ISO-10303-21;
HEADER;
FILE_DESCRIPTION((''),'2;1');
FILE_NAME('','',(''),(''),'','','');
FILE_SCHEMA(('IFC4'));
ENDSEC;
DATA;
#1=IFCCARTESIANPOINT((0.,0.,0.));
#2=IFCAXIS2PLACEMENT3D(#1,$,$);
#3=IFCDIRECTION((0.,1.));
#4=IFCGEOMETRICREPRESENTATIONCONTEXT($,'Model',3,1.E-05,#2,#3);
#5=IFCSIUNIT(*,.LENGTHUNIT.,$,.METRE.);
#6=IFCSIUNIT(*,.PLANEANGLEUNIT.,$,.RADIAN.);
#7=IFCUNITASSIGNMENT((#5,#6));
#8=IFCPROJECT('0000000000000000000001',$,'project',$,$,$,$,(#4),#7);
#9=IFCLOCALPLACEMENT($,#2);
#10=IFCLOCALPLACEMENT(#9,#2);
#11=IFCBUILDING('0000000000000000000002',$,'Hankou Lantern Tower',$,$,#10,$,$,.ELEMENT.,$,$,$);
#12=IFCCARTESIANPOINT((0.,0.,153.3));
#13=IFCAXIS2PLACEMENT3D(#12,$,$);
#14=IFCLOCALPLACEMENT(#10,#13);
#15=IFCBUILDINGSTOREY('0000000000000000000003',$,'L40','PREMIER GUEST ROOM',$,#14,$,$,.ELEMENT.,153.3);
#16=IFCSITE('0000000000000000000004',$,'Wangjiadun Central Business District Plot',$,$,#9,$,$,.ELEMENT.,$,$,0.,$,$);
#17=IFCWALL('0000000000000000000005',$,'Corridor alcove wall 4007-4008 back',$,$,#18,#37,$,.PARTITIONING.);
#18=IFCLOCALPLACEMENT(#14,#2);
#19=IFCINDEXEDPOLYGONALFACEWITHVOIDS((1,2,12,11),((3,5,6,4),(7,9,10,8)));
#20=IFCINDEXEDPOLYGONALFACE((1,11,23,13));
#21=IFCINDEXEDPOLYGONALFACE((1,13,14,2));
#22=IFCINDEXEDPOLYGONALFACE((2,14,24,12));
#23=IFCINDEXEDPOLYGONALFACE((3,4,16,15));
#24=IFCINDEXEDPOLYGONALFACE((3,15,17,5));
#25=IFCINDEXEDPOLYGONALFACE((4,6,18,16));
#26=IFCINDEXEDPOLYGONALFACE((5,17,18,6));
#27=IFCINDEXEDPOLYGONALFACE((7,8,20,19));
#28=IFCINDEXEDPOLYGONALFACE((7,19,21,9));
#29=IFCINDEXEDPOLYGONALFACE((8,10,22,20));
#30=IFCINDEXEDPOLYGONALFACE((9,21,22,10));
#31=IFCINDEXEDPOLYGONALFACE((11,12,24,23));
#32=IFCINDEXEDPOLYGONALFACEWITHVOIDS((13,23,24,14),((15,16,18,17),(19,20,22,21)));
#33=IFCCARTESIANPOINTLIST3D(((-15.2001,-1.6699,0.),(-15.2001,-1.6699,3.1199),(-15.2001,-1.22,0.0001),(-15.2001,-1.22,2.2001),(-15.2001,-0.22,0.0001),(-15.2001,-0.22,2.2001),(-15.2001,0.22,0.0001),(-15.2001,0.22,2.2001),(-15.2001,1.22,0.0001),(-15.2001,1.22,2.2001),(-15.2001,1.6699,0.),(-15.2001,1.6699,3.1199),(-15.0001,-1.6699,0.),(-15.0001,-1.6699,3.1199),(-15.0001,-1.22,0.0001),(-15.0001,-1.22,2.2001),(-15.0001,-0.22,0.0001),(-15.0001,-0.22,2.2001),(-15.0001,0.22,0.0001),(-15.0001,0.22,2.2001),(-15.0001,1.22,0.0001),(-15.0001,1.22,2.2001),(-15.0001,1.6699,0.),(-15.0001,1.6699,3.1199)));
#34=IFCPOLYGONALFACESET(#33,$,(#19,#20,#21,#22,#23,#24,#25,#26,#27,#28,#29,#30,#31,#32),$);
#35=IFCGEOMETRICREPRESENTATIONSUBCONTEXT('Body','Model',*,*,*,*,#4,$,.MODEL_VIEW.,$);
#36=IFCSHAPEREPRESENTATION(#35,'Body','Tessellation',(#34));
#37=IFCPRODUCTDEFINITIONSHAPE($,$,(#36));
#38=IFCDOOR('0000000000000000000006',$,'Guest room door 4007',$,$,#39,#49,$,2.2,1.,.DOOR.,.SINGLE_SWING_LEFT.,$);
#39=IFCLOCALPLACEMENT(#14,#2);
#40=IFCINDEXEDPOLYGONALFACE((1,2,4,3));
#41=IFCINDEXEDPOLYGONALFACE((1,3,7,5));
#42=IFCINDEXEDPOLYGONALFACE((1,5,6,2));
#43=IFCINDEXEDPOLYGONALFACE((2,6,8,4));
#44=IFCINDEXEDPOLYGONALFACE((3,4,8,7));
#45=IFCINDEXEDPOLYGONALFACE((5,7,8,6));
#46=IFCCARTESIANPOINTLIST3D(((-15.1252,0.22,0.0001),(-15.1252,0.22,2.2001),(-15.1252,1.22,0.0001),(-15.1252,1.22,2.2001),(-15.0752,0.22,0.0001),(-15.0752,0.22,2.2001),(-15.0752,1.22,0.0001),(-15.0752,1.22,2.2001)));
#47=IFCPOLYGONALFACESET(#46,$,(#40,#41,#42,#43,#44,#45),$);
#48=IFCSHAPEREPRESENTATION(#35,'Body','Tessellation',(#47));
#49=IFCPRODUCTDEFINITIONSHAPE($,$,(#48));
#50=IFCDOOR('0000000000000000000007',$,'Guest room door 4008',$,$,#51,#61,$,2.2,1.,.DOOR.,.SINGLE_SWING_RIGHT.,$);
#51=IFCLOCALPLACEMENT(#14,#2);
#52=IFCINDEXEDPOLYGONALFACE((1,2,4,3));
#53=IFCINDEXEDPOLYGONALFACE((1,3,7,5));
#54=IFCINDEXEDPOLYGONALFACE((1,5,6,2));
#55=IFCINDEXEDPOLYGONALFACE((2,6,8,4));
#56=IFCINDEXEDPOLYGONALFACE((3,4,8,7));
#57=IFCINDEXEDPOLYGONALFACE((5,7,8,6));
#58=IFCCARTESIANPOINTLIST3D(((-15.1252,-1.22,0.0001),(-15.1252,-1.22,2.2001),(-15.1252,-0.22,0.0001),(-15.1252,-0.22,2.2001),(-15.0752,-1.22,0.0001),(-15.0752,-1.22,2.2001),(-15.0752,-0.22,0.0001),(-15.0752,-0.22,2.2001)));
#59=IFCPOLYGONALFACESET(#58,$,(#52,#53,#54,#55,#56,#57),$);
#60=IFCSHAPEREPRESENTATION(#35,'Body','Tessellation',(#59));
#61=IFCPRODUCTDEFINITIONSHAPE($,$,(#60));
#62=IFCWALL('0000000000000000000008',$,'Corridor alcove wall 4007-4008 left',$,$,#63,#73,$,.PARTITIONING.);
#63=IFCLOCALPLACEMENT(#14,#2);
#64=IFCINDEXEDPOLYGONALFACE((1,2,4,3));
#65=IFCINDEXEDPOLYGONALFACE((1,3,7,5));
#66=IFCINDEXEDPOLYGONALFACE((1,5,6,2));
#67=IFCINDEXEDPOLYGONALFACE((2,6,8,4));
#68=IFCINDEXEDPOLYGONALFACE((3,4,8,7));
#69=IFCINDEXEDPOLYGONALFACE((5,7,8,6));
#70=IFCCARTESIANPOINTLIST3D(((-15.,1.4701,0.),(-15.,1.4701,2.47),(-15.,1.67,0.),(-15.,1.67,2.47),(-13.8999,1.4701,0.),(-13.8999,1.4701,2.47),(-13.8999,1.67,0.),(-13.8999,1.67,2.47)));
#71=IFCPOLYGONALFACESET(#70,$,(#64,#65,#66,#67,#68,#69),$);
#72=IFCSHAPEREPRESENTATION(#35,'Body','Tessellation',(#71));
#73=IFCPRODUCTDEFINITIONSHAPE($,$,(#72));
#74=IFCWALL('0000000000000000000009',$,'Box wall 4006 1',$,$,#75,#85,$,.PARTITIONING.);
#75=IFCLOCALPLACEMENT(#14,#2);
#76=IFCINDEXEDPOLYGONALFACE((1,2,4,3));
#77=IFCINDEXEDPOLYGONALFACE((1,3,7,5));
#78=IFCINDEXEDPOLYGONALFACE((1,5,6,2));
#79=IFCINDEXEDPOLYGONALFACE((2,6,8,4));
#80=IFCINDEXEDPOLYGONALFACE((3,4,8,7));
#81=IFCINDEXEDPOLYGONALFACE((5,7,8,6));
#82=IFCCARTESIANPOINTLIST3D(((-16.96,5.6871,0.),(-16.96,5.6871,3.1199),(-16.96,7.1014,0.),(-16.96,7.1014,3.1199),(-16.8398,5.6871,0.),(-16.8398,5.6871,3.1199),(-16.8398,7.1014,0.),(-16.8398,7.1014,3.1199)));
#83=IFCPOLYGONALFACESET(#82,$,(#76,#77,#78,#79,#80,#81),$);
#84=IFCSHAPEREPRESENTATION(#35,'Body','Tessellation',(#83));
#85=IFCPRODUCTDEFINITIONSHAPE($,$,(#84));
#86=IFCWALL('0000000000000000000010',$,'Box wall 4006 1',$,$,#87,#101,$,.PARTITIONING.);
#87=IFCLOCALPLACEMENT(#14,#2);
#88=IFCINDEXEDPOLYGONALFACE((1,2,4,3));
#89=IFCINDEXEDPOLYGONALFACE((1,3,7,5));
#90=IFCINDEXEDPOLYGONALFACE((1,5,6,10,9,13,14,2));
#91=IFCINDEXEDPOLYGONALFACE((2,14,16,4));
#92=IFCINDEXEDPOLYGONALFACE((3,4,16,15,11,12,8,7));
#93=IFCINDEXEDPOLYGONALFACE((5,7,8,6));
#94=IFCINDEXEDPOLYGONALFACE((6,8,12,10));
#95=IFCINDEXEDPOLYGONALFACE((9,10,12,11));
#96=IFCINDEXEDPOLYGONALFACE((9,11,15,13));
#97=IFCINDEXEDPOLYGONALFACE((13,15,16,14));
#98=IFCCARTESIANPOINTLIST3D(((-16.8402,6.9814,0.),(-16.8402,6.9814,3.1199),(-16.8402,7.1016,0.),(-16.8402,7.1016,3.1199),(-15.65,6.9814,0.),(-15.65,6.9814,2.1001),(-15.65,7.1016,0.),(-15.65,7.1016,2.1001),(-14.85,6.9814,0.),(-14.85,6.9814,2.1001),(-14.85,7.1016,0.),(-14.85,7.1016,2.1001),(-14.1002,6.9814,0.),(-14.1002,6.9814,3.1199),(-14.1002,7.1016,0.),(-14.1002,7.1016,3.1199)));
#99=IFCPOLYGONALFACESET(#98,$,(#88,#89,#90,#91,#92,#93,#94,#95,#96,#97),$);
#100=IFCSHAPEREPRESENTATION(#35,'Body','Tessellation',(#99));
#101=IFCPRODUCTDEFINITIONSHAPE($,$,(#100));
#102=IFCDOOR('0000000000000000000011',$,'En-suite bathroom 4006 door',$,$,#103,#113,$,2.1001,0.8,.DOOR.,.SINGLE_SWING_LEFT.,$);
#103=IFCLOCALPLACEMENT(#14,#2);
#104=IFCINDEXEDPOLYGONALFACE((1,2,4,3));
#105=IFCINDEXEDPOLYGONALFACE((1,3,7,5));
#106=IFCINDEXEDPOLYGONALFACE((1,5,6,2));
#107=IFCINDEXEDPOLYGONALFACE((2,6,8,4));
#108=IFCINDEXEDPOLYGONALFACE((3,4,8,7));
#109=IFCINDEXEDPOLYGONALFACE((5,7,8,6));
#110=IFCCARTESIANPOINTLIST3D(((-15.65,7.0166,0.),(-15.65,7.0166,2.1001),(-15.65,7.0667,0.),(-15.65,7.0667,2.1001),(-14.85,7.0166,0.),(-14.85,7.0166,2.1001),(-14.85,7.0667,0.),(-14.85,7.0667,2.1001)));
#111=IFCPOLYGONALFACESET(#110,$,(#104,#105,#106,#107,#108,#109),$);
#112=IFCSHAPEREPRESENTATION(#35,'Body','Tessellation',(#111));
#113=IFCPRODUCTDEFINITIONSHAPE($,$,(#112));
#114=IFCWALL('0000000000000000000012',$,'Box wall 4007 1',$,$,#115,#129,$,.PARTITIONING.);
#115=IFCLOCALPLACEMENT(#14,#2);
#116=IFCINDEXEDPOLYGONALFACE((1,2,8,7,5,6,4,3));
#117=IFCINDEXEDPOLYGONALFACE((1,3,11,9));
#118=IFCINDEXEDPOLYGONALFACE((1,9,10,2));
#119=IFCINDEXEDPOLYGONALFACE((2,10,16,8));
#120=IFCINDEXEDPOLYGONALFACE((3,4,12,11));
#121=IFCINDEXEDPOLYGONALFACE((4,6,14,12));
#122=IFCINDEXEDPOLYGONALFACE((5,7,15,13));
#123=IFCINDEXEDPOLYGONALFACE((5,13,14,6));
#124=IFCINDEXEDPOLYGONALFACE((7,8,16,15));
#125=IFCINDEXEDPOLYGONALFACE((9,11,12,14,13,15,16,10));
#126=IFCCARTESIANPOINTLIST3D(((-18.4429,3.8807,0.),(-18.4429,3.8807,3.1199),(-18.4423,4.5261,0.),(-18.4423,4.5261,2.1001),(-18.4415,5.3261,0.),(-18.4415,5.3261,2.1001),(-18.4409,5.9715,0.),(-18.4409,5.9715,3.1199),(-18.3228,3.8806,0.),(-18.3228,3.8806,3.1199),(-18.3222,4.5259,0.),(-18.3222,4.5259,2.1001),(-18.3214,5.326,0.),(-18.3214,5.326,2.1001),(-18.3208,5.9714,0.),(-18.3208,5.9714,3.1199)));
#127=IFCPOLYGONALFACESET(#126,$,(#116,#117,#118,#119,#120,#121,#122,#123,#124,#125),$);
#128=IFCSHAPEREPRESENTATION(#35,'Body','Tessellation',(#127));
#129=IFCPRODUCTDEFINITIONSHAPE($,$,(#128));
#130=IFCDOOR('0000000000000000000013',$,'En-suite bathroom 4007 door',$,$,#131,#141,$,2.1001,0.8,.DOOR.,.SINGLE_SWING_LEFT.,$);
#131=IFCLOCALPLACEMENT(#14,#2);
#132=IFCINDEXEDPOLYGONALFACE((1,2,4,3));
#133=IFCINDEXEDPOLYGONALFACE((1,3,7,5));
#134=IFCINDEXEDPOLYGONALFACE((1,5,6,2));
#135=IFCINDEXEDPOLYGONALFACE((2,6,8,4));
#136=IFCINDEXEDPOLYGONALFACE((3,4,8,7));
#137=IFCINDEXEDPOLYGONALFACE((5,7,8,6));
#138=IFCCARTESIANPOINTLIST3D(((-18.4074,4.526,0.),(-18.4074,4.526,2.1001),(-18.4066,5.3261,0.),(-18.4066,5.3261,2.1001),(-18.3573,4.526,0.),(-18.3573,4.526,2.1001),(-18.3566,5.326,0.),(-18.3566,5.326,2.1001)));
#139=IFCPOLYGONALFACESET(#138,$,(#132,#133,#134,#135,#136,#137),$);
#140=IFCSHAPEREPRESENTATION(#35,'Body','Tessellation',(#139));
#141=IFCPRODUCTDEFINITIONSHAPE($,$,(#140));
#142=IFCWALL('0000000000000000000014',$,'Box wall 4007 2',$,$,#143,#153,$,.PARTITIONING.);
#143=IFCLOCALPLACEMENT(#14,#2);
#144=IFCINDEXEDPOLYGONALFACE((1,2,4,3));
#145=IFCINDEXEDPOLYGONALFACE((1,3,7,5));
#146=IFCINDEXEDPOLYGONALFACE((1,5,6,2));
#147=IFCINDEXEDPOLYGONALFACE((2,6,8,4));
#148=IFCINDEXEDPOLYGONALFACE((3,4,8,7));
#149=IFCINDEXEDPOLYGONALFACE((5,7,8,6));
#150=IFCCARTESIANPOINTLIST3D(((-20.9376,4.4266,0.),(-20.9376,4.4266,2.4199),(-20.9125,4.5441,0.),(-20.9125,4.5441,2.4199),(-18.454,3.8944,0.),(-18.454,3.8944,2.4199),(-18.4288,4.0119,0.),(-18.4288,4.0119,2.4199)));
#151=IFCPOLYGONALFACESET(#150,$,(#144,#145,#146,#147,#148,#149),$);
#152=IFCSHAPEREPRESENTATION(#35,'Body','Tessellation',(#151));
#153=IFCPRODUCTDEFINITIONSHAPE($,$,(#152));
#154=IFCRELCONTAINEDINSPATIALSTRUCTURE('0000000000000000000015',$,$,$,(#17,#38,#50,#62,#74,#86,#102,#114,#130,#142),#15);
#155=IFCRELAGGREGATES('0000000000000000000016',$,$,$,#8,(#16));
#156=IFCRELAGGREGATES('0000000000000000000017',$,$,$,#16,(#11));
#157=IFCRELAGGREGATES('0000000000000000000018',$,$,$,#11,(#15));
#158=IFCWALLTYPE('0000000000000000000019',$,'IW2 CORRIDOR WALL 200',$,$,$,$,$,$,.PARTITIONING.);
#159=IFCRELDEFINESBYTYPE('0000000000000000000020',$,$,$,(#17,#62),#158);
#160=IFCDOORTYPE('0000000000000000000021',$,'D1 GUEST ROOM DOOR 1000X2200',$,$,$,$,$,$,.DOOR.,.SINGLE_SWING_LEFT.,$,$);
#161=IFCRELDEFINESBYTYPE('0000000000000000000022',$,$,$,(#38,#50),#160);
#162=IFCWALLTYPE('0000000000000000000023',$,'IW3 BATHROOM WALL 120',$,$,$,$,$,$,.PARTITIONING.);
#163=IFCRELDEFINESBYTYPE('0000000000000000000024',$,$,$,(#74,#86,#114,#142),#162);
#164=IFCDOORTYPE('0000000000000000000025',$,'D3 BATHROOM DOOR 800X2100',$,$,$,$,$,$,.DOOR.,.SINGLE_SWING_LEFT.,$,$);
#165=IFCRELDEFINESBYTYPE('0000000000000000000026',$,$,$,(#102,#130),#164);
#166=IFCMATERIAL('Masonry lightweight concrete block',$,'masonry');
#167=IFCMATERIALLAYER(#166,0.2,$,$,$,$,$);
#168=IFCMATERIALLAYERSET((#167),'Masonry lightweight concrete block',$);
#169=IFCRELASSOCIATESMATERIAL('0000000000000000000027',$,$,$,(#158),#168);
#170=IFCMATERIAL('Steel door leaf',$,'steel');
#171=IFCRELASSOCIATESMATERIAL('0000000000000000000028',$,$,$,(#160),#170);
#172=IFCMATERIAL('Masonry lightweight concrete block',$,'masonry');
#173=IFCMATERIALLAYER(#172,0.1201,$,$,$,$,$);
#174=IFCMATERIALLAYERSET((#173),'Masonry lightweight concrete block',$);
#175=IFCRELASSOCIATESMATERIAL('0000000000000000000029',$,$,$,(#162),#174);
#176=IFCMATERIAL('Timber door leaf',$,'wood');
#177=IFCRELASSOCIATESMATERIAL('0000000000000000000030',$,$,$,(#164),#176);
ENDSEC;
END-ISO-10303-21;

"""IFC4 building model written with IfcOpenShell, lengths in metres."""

from ifc_helpers import new_model, si_unit, direction, frame, frame_2d, origin, place, context, subcontext, project, spatial, rectangle, extrude, material, layer, layer_set, type_object, element, fill, save


model = new_model("IFC4")

# Units and contexts
model_context = context("Model", 3, precision=1e-05, world=origin(), true_north=direction((0.0, 1.0)))
body_context = subcontext(model_context, "Body", "Model", "MODEL_VIEW")
ifc_project = project(units=[si_unit("LENGTHUNIT", "METRE"), si_unit("PLANEANGLEUNIT", "RADIAN")], contexts=[model_context])

# Site, building, storey
site_placement = place(None, origin())
site = spatial("IfcSite", under=ifc_project, at=site_placement, Name="Wangjiadun Central Business District Plot", CompositionType="ELEMENT", RefElevation=0.0)
building_placement = place(site_placement, origin())
building = spatial("IfcBuilding", under=site, at=building_placement, Name="Hankou Lantern Tower", CompositionType="ELEMENT")
storey_placement = place(building_placement, frame((0.0, 0.0, 153.3)))
storey = spatial("IfcBuildingStorey", under=building, at=storey_placement, Name="L40", Description="PREMIER GUEST ROOM", CompositionType="ELEMENT", Elevation=153.3)

# Wall, openings, doors
ifc_material_1 = material(Name="Masonry lightweight concrete block", Category="masonry")
ifc_layer_1 = layer(ifc_material_1, 0.2)
ifc_layer_set_1 = layer_set([ifc_layer_1], Name="Masonry lightweight concrete block")
wall_type_1 = type_object("IfcWallType", Name="IW2 CORRIDOR WALL 200", PredefinedType="PARTITIONING", material=ifc_layer_set_1)
wall_1_placement = place(storey_placement, frame((-15.1001, 1.6699, 0.0), z_axis=(0.0, 0.0, 1.0), x_axis=(0.0, -1.0, 0.0)))
wall_1 = element("IfcWall", 1, at=wall_1_placement, inside=storey, type_object=wall_type_1, Name="Corridor alcove wall 4007-4008 back", PredefinedType="PARTITIONING", context=body_context, shape_type="SweptSolid", body=[
    extrude(rectangle(XDim=3.3398, YDim=0.2, at=frame_2d((1.6699, 0.0))), origin(), (0.0, 0.0, 1.0), 3.1199),
])
opening_1_placement = place(wall_1_placement, frame((0.45, 0.0, 0.0)))
opening_1 = element("IfcOpeningElement", 2, at=opening_1_placement, cuts=wall_1, PredefinedType="OPENING", context=body_context, shape_type="SweptSolid", body=[
    extrude(rectangle(XDim=1.0, YDim=2.2, at=frame_2d((0.5, 1.1001))), frame((0.0, 0.1099, 0.0), z_axis=(0.0, -1.0, 0.0), x_axis=(1.0, 0.0, 0.0)), (0.0, 0.0, 1.0), 0.22),
])
opening_2_placement = place(wall_1_placement, frame((1.8899, 0.0, 0.0)))
opening_2 = element("IfcOpeningElement", 3, at=opening_2_placement, cuts=wall_1, PredefinedType="OPENING", context=body_context, shape_type="SweptSolid", body=[
    extrude(rectangle(XDim=1.0, YDim=2.2, at=frame_2d((0.5, 1.1001))), frame((0.0, 0.1099, 0.0), z_axis=(0.0, -1.0, 0.0), x_axis=(1.0, 0.0, 0.0)), (0.0, 0.0, 1.0), 0.22),
])
ifc_material_2 = material(Name="Steel door leaf", Category="steel")
door_type_1 = type_object("IfcDoorType", Name="D1 GUEST ROOM DOOR 1000X2200", OperationType="SINGLE_SWING_LEFT", PredefinedType="DOOR", material=ifc_material_2)
door_1_placement = place(opening_1_placement, origin())
door_1 = element("IfcDoor", 4, at=door_1_placement, inside=storey, type_object=door_type_1, Name="Guest room door 4007", OperationType="SINGLE_SWING_LEFT", OverallHeight=2.2, OverallWidth=1.0, PredefinedType="DOOR", context=body_context, shape_type="SweptSolid", body=[
    extrude(rectangle(XDim=1.0, YDim=2.2, at=frame_2d((0.5, 1.1001))), frame((0.0, 0.0249, 0.0), z_axis=(0.0, -1.0, 0.0), x_axis=(1.0, 0.0, 0.0)), (0.0, 0.0, 1.0), 0.05),
])
fill(opening_1, door_1)
door_2_placement = place(opening_2_placement, origin())
door_2 = element("IfcDoor", 5, at=door_2_placement, inside=storey, type_object=door_type_1, Name="Guest room door 4008", OperationType="SINGLE_SWING_RIGHT", OverallHeight=2.2, OverallWidth=1.0, PredefinedType="DOOR", context=body_context, shape_type="SweptSolid", body=[
    extrude(rectangle(XDim=1.0, YDim=2.2, at=frame_2d((0.5, 1.1001))), frame((0.0, 0.0249, 0.0), z_axis=(0.0, -1.0, 0.0), x_axis=(1.0, 0.0, 0.0)), (0.0, 0.0, 1.0), 0.05),
])
fill(opening_2, door_2)

# Walls
wall_2_placement = place(storey_placement, frame((-13.8999, 1.5701, 0.0), z_axis=(0.0, 0.0, 1.0), x_axis=(-1.0, 0.0, 0.0)))
element("IfcWall", 6, at=wall_2_placement, inside=storey, type_object=wall_type_1, Name="Corridor alcove wall 4007-4008 left", PredefinedType="PARTITIONING", context=body_context, shape_type="SweptSolid", body=[
    extrude(rectangle(XDim=1.1001, YDim=0.2, at=frame_2d((0.55, 0.0))), origin(), (0.0, 0.0, 1.0), 2.47),
])
ifc_material_3 = material(Name="Masonry lightweight concrete block", Category="masonry")
ifc_layer_2 = layer(ifc_material_3, 0.1201)
ifc_layer_set_2 = layer_set([ifc_layer_2], Name="Masonry lightweight concrete block")
wall_type_2 = type_object("IfcWallType", Name="IW3 BATHROOM WALL 120", PredefinedType="PARTITIONING", material=ifc_layer_set_2)
wall_3_placement = place(storey_placement, frame((-16.8999, 5.6873, 0.0), z_axis=(0.0, 0.0, 1.0), x_axis=(0.0, 1.0, 0.0)))
element("IfcWall", 7, at=wall_3_placement, inside=storey, type_object=wall_type_2, Name="Box wall 4006 1", PredefinedType="PARTITIONING", context=body_context, shape_type="SweptSolid", body=[
    extrude(rectangle(XDim=1.4143, YDim=0.1201, at=frame_2d((0.707, 0.0))), origin(), (0.0, 0.0, 1.0), 3.1199),
])

# Walls, openings, doors
wall_4_placement = place(storey_placement, frame((-14.1001, 7.0415, 0.0), z_axis=(0.0, 0.0, 1.0), x_axis=(-1.0, 0.0, 0.0)))
wall_4 = element("IfcWall", 8, at=wall_4_placement, inside=storey, type_object=wall_type_2, Name="Box wall 4006 1", PredefinedType="PARTITIONING", context=body_context, shape_type="SweptSolid", body=[
    extrude(rectangle(XDim=2.74, YDim=0.1201, at=frame_2d((1.3701, 0.0))), origin(), (0.0, 0.0, 1.0), 3.1199),
])
opening_3_placement = place(wall_4_placement, frame((0.75, 0.0, 0.0)))
opening_3 = element("IfcOpeningElement", 9, at=opening_3_placement, cuts=wall_4, PredefinedType="OPENING", context=body_context, shape_type="SweptSolid", body=[
    extrude(rectangle(XDim=0.8, YDim=2.1001, at=frame_2d((0.3999, 1.05))), frame((0.0, 0.0701, 0.0), z_axis=(0.0, -1.0, 0.0), x_axis=(1.0, 0.0, 0.0)), (0.0, 0.0, 1.0), 0.1401),
])
ifc_material_4 = material(Name="Timber door leaf", Category="wood")
door_type_2 = type_object("IfcDoorType", Name="D3 BATHROOM DOOR 800X2100", OperationType="SINGLE_SWING_LEFT", PredefinedType="DOOR", material=ifc_material_4)
door_3_placement = place(opening_3_placement, origin())
door_3 = element("IfcDoor", 10, at=door_3_placement, inside=storey, type_object=door_type_2, Name="En-suite bathroom 4006 door", OperationType="SINGLE_SWING_LEFT", OverallHeight=2.1001, OverallWidth=0.8, PredefinedType="DOOR", context=body_context, shape_type="SweptSolid", body=[
    extrude(rectangle(XDim=0.8, YDim=2.1001, at=frame_2d((0.3999, 1.05))), frame((0.0, 0.0249, 0.0), z_axis=(0.0, -1.0, 0.0), x_axis=(1.0, 0.0, 0.0)), (0.0, 0.0, 1.0), 0.05),
])
fill(opening_3, door_3)
wall_5_placement = place(storey_placement, frame((-18.3809, 5.9714, 0.0), z_axis=(0.0, 0.0, 1.0), x_axis=(-0.000934, -1.0, 0.0)))
wall_5 = element("IfcWall", 11, at=wall_5_placement, inside=storey, type_object=wall_type_2, Name="Box wall 4007 1", PredefinedType="PARTITIONING", context=body_context, shape_type="SweptSolid", body=[
    extrude(rectangle(XDim=2.0908, YDim=0.1201, at=frame_2d((1.0454, 0.0))), origin(), (0.0, 0.0, 1.0), 3.1199),
])
opening_4_placement = place(wall_5_placement, frame((0.6455, 0.0, 0.0)))
opening_4 = element("IfcOpeningElement", 12, at=opening_4_placement, cuts=wall_5, PredefinedType="OPENING", context=body_context, shape_type="SweptSolid", body=[
    extrude(rectangle(XDim=0.8, YDim=2.1001, at=frame_2d((0.3999, 1.05))), frame((0.0, 0.0701, 0.0), z_axis=(0.0, -1.0, 0.0), x_axis=(1.0, 0.0, 0.0)), (0.0, 0.0, 1.0), 0.1401),
])
door_4_placement = place(opening_4_placement, origin())
door_4 = element("IfcDoor", 13, at=door_4_placement, inside=storey, type_object=door_type_2, Name="En-suite bathroom 4007 door", OperationType="SINGLE_SWING_LEFT", OverallHeight=2.1001, OverallWidth=0.8, PredefinedType="DOOR", context=body_context, shape_type="SweptSolid", body=[
    extrude(rectangle(XDim=0.8, YDim=2.1001, at=frame_2d((0.3999, 1.05))), frame((0.0, 0.0249, 0.0), z_axis=(0.0, -1.0, 0.0), x_axis=(1.0, 0.0, 0.0)), (0.0, 0.0, 1.0), 0.05),
])
fill(opening_4, door_4)

# Wall
wall_6_placement = place(storey_placement, frame((-18.4414, 3.9531, 0.0), z_axis=(0.0, 0.0, 1.0), x_axis=(-0.977801, 0.209536, 0.0)))
element("IfcWall", 14, at=wall_6_placement, inside=storey, type_object=wall_type_2, Name="Box wall 4007 2", PredefinedType="PARTITIONING", context=body_context, shape_type="SweptSolid", body=[
    extrude(rectangle(XDim=2.54, YDim=0.1201, at=frame_2d((1.27, 0.0))), origin(), (0.0, 0.0, 1.0), 2.4199),
])

save(model, "model.ifc")
